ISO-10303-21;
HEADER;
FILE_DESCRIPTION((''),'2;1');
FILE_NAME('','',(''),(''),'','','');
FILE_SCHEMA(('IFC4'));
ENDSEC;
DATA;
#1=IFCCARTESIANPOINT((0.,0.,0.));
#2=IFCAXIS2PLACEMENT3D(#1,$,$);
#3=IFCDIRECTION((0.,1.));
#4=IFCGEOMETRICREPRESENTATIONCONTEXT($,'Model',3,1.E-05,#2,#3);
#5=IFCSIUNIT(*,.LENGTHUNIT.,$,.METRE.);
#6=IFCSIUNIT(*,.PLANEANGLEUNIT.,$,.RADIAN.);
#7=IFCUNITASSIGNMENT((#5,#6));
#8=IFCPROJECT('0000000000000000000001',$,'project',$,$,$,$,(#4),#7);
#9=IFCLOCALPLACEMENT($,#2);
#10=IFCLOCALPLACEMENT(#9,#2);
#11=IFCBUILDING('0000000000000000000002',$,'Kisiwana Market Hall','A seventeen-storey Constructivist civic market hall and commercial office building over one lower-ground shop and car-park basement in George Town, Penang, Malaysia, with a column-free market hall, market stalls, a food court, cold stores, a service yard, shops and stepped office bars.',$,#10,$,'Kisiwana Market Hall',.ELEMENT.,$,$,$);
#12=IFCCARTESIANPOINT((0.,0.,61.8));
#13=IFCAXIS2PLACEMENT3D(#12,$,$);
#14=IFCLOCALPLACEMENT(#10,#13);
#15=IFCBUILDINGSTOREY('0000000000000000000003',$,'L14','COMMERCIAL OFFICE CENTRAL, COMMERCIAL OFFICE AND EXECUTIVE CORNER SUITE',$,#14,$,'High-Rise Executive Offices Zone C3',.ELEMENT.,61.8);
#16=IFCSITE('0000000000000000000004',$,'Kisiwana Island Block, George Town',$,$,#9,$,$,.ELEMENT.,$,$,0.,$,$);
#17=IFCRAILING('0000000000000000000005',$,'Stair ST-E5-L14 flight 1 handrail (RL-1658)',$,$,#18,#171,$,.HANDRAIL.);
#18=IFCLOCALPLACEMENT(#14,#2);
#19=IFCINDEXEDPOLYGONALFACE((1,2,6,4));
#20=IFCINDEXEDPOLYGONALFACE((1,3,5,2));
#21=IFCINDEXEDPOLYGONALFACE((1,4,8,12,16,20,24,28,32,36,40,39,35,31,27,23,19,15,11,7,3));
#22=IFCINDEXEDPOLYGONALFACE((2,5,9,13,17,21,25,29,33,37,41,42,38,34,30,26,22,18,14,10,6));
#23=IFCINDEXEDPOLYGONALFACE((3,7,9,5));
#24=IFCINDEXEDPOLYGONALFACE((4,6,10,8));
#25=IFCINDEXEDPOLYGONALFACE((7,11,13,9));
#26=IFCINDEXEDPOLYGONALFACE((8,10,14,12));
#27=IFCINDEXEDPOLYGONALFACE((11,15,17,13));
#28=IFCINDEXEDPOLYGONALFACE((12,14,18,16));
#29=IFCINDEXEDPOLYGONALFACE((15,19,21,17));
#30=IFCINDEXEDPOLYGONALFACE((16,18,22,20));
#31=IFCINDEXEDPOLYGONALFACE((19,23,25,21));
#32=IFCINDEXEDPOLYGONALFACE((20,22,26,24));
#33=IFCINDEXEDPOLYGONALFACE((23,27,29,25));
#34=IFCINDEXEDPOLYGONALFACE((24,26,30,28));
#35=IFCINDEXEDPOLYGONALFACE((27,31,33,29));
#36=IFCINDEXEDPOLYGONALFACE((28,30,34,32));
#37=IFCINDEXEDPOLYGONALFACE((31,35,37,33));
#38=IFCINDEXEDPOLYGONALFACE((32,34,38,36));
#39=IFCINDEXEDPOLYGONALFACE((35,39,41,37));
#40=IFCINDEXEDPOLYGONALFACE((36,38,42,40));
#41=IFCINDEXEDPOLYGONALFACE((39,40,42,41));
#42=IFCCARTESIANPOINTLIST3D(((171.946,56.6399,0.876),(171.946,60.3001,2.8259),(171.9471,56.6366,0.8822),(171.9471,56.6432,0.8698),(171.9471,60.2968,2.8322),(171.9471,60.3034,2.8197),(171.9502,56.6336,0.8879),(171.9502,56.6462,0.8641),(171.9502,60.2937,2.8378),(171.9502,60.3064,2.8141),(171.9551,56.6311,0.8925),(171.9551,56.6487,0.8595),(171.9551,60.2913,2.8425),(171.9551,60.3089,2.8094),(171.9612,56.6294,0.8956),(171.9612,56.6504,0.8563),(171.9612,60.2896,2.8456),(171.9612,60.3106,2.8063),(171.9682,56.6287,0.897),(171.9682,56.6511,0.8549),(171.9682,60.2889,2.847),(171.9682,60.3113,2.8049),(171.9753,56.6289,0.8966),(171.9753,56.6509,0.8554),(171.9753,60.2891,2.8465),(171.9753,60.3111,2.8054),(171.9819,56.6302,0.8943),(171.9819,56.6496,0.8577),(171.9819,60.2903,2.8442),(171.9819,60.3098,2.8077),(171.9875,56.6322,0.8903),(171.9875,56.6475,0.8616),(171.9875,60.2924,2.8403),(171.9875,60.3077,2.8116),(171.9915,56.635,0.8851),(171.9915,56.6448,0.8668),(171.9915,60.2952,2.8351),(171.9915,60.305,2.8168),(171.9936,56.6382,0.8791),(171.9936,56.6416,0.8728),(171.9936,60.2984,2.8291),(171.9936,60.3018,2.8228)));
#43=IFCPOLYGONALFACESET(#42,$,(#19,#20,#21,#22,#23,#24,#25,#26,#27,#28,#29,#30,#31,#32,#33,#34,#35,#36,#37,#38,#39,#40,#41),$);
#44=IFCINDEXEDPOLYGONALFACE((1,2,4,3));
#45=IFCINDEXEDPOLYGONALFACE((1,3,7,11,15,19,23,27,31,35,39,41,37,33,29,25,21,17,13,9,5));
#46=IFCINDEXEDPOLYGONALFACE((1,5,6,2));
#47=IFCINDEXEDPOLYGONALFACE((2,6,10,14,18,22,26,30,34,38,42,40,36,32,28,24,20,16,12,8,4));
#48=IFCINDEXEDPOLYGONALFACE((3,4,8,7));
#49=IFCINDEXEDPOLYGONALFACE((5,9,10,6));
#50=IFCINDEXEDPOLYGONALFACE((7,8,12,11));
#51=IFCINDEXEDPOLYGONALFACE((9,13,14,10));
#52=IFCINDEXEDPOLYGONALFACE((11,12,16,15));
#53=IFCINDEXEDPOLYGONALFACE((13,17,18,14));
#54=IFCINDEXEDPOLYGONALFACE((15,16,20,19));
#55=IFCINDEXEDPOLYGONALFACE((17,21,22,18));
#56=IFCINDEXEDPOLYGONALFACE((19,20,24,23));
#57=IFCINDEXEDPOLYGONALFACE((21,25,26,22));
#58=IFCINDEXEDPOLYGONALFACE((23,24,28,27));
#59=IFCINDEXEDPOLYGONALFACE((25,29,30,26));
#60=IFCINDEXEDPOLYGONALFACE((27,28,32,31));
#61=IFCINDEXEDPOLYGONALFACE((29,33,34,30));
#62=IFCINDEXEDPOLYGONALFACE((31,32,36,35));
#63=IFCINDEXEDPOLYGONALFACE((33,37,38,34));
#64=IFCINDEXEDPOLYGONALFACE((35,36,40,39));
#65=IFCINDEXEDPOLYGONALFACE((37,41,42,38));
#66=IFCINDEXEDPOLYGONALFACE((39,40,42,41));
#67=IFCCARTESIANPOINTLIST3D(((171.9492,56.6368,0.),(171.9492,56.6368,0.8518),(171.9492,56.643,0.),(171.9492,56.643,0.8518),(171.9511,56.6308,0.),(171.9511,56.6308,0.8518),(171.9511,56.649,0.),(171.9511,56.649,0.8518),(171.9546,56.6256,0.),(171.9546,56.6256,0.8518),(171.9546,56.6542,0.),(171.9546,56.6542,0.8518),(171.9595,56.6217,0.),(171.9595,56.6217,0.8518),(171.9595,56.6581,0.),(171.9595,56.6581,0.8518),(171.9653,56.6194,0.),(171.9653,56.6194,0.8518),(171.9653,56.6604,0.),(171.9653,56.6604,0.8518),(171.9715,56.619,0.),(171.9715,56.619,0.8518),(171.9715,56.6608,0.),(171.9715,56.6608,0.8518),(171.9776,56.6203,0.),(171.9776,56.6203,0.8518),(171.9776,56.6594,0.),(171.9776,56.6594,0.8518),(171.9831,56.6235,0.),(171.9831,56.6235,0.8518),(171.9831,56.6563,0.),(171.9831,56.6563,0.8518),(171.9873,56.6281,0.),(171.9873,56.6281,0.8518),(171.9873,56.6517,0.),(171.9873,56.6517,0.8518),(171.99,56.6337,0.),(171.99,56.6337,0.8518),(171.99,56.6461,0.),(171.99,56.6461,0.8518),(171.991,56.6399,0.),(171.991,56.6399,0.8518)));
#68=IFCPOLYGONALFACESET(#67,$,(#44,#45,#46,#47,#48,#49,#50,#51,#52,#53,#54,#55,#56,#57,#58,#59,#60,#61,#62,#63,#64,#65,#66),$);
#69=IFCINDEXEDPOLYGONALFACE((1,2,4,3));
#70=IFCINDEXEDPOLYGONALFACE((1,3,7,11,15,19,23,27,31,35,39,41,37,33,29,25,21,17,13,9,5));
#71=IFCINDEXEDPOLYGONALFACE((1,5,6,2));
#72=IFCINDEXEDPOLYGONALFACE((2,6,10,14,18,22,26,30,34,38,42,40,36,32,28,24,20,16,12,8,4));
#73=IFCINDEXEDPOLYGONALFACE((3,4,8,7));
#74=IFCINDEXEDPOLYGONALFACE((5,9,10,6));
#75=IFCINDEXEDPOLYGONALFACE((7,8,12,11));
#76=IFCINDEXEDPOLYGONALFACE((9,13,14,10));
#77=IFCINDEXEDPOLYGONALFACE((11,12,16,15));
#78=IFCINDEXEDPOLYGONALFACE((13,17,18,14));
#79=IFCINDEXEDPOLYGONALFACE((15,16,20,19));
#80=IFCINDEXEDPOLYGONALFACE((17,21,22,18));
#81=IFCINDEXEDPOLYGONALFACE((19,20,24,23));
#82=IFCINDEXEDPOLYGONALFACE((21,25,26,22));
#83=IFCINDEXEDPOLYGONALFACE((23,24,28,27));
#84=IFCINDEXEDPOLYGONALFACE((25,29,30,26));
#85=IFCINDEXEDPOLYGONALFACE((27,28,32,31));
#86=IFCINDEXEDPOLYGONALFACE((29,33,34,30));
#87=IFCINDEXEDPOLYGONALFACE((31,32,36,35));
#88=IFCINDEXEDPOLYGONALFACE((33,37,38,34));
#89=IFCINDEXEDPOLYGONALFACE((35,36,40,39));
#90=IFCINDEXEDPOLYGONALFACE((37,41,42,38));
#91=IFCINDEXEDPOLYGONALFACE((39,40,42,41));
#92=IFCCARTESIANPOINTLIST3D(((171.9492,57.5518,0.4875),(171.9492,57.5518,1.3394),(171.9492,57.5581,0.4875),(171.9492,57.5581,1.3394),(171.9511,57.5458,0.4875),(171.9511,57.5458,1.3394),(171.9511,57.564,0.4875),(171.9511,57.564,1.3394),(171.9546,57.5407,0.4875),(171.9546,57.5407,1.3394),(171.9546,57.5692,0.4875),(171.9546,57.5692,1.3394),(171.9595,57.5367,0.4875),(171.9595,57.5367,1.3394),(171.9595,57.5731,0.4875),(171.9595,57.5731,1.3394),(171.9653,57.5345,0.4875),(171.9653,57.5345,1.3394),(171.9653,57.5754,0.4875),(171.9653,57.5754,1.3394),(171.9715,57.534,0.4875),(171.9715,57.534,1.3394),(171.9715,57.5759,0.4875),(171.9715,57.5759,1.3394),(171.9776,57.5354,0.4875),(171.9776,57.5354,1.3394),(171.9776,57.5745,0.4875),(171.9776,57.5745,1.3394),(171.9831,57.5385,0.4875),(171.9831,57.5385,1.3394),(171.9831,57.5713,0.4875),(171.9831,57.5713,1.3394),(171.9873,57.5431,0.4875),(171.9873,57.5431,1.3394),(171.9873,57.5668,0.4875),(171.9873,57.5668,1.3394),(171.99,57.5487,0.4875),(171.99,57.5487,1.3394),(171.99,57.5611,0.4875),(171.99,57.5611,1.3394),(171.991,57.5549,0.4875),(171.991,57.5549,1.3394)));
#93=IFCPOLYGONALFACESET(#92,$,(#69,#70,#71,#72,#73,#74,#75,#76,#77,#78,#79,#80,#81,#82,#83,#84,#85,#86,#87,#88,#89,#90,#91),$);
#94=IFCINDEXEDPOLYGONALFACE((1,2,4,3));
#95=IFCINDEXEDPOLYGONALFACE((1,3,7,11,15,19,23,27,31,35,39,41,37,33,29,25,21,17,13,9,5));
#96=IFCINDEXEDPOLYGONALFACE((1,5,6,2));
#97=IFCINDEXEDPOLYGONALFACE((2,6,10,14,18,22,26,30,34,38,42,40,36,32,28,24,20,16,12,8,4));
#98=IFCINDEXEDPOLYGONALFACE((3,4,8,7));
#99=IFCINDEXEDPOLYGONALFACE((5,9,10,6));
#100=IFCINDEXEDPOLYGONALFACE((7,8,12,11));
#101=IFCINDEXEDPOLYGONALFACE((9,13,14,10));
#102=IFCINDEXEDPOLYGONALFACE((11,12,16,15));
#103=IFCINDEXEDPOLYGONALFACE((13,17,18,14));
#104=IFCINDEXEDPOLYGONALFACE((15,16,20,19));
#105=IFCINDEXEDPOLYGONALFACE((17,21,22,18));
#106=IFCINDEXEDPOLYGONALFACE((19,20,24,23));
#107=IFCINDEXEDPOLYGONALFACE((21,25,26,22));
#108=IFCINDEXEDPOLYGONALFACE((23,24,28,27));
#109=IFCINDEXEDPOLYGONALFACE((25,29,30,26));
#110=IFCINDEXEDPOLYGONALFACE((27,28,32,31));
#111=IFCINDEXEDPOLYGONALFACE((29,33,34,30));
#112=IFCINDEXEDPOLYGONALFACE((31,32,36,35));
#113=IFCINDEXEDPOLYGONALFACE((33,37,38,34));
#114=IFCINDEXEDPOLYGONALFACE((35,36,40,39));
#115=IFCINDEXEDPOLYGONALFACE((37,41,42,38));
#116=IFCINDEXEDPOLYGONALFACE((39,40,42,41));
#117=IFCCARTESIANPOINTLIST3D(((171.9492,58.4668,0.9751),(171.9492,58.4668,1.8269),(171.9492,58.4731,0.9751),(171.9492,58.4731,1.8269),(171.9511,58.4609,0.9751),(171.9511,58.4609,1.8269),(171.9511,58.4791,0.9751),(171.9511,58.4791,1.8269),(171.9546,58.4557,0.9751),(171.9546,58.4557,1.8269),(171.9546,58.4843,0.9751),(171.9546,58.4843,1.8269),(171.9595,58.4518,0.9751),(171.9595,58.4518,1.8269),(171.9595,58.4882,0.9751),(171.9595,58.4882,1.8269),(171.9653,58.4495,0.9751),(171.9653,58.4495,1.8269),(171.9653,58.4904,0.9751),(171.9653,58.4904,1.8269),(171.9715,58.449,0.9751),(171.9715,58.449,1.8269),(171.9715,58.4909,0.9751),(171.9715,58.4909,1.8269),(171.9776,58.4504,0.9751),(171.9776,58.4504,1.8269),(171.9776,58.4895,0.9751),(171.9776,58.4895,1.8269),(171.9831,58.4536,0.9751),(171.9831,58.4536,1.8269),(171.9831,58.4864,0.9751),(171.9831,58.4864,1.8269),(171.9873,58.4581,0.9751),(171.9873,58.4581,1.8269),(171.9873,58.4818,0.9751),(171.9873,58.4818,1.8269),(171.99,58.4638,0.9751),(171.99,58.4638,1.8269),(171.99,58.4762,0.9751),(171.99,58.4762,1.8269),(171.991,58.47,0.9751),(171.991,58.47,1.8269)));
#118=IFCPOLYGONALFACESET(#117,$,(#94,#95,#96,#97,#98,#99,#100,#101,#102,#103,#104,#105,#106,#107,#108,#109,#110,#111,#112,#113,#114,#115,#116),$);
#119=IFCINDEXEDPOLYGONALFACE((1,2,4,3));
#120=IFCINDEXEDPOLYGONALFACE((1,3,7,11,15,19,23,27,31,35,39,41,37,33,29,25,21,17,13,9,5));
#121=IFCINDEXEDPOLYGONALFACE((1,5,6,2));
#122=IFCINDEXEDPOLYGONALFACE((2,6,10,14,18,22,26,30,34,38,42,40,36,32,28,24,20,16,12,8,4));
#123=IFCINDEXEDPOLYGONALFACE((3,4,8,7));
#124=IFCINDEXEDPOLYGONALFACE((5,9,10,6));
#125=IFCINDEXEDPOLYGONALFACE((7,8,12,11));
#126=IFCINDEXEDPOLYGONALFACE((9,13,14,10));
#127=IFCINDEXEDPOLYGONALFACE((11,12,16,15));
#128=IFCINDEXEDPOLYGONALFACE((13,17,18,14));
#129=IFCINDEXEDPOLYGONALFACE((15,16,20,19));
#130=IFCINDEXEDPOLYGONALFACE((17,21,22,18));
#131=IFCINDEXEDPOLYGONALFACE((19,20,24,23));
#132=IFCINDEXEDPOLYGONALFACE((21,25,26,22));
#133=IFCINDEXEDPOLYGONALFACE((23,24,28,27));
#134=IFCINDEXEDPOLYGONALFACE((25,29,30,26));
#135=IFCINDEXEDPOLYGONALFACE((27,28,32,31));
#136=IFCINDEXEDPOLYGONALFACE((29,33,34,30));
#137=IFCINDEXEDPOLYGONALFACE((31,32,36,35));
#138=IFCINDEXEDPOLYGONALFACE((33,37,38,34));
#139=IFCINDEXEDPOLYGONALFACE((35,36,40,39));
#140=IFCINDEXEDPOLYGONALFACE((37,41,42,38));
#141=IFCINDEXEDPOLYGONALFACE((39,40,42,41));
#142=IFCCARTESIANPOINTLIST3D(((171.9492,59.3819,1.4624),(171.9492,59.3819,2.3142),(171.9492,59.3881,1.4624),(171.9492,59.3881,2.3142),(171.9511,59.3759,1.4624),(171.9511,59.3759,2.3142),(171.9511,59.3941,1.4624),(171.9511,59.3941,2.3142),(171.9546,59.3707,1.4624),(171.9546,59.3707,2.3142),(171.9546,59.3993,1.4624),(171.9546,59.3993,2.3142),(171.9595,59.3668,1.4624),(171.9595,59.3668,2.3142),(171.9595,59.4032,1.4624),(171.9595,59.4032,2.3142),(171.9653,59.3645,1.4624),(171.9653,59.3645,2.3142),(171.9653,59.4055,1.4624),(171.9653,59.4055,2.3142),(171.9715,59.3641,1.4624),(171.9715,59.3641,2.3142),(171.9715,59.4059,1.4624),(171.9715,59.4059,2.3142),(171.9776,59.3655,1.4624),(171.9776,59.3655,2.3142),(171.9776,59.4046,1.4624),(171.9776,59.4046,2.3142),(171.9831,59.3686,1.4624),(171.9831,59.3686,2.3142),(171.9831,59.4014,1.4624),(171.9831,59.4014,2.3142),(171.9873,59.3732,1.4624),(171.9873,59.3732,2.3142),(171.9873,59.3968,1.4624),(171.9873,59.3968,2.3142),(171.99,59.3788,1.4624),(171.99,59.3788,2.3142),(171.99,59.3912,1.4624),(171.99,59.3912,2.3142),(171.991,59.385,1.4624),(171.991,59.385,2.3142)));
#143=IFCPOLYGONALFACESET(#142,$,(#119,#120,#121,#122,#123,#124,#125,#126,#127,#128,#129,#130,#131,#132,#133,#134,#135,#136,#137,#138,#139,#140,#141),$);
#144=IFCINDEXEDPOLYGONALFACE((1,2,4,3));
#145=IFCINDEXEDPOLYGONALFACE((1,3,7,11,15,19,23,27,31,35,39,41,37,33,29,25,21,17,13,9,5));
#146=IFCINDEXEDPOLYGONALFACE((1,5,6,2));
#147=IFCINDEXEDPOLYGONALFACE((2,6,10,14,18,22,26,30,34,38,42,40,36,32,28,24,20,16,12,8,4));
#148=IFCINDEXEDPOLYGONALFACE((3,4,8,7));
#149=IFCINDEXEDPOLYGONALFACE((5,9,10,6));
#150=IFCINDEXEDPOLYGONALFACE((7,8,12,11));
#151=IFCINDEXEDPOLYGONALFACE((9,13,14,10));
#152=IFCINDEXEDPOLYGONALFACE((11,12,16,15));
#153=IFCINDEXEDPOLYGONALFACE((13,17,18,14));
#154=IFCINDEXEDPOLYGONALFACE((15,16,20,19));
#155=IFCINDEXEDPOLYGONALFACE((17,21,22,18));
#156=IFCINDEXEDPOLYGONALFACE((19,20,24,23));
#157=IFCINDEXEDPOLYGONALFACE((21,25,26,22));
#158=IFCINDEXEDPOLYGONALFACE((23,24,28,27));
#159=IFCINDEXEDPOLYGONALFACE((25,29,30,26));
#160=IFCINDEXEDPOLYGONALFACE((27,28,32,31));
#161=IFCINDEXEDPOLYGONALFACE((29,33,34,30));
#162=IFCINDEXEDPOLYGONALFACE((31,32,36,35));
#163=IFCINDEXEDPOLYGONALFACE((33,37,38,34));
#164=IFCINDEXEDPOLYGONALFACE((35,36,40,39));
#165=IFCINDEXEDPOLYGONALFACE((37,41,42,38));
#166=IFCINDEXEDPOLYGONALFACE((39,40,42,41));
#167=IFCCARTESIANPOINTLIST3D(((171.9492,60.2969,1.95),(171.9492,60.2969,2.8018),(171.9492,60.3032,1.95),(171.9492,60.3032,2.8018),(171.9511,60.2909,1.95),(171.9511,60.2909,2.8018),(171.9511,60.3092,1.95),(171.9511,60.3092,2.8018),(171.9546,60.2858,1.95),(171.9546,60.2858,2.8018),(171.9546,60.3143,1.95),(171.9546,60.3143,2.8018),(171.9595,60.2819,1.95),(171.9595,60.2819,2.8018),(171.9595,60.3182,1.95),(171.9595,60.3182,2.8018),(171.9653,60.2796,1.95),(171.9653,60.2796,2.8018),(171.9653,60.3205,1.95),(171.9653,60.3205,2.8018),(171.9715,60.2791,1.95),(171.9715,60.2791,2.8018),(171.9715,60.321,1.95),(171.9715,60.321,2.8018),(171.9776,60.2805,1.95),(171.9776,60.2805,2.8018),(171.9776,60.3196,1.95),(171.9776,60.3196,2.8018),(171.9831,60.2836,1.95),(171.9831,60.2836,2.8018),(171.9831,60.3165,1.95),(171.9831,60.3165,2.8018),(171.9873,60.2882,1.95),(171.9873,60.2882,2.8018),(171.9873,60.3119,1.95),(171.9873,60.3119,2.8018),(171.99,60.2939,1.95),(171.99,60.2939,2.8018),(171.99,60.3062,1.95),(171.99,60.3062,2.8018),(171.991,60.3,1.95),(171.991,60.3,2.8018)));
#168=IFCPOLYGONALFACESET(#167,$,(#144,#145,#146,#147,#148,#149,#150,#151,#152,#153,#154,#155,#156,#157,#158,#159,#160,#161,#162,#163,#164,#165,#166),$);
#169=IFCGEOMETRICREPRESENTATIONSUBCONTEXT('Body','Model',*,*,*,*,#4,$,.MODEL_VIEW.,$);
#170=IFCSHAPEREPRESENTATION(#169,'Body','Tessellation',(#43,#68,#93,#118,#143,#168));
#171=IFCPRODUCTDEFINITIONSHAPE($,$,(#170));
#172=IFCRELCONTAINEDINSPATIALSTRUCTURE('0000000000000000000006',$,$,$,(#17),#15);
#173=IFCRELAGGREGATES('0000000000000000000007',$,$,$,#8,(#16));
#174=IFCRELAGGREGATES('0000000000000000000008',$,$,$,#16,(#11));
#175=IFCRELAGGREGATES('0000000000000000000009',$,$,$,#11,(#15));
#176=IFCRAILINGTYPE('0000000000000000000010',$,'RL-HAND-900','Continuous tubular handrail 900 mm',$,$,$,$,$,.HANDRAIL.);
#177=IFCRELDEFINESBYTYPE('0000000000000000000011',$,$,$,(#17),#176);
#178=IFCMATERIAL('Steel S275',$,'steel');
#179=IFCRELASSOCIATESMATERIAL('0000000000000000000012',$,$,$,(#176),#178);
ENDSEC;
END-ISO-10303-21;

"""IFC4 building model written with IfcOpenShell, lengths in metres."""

from ifc_helpers import new_model, si_unit, direction, frame, origin, origin_2d, place, context, subcontext, project, spatial, circle, extrude, material, type_object, element, save


model = new_model("IFC4")

# Units and contexts
model_context = context("Model", 3, precision=1e-05, world=origin(), true_north=direction((0.0, 1.0)))
body_context = subcontext(model_context, "Body", "Model", "MODEL_VIEW")
ifc_project = project(units=[si_unit("LENGTHUNIT", "METRE"), si_unit("PLANEANGLEUNIT", "RADIAN")], contexts=[model_context])

# Site, building, storey
site_placement = place(None, origin())
site = spatial("IfcSite", under=ifc_project, at=site_placement, Name="Kisiwana Island Block, George Town", CompositionType="ELEMENT", RefElevation=0.0)
building_placement = place(site_placement, origin())
building = spatial("IfcBuilding", under=site, at=building_placement, Name="Kisiwana Market Hall", Description="A seventeen-storey Constructivist civic market hall and commercial office building over one lower-ground shop and car-park basement in George Town, Penang, Malaysia, with a column-free market hall, market stalls, a food court, cold stores, a service yard, shops and stepped office bars.", LongName="Kisiwana Market Hall", CompositionType="ELEMENT")
storey_placement = place(building_placement, frame((0.0, 0.0, 61.8)))
storey = spatial("IfcBuildingStorey", under=building, at=storey_placement, Name="L14", Description="COMMERCIAL OFFICE CENTRAL, COMMERCIAL OFFICE AND EXECUTIVE CORNER SUITE", LongName="High-Rise Executive Offices Zone C3", CompositionType="ELEMENT", Elevation=61.8)

# Railing
ifc_material_1 = material(Name="Steel S275", Category="steel")
railing_type_1 = type_object("IfcRailingType", Name="RL-HAND-900", Description="Continuous tubular handrail 900 mm", PredefinedType="HANDRAIL", material=ifc_material_1)
railing_1_placement = place(storey_placement, frame((171.97, 56.6399, 0.0)))
element("IfcRailing", 1, at=railing_1_placement, inside=storey, type_object=railing_type_1, Name="Stair ST-E5-L14 flight 1 handrail (RL-1658)", PredefinedType="HANDRAIL", context=body_context, shape_type="SweptSolid", body=[
    extrude(circle(Radius=0.0239, at=origin_2d()), frame((0.0, 0.0, 0.876), z_axis=(0.0, 0.882566, 0.470188), x_axis=(-1.0, 0.0, 0.0)), (0.0, 0.0, 1.0), 4.1472),
    extrude(circle(Radius=0.021, at=origin_2d()), origin(), (0.0, 0.0, 1.0), 0.8518),
    extrude(circle(Radius=0.021, at=origin_2d()), frame((0.0, 0.915, 0.4875)), (0.0, 0.0, 1.0), 0.8518),
    extrude(circle(Radius=0.021, at=origin_2d()), frame((0.0, 1.8301, 0.9751)), (0.0, 0.0, 1.0), 0.8518),
    extrude(circle(Radius=0.021, at=origin_2d()), frame((0.0, 2.7451, 1.4624)), (0.0, 0.0, 1.0), 0.8518),
    extrude(circle(Radius=0.021, at=origin_2d()), frame((0.0, 3.6602, 1.95)), (0.0, 0.0, 1.0), 0.8518),
])

save(model, "model.ifc")
